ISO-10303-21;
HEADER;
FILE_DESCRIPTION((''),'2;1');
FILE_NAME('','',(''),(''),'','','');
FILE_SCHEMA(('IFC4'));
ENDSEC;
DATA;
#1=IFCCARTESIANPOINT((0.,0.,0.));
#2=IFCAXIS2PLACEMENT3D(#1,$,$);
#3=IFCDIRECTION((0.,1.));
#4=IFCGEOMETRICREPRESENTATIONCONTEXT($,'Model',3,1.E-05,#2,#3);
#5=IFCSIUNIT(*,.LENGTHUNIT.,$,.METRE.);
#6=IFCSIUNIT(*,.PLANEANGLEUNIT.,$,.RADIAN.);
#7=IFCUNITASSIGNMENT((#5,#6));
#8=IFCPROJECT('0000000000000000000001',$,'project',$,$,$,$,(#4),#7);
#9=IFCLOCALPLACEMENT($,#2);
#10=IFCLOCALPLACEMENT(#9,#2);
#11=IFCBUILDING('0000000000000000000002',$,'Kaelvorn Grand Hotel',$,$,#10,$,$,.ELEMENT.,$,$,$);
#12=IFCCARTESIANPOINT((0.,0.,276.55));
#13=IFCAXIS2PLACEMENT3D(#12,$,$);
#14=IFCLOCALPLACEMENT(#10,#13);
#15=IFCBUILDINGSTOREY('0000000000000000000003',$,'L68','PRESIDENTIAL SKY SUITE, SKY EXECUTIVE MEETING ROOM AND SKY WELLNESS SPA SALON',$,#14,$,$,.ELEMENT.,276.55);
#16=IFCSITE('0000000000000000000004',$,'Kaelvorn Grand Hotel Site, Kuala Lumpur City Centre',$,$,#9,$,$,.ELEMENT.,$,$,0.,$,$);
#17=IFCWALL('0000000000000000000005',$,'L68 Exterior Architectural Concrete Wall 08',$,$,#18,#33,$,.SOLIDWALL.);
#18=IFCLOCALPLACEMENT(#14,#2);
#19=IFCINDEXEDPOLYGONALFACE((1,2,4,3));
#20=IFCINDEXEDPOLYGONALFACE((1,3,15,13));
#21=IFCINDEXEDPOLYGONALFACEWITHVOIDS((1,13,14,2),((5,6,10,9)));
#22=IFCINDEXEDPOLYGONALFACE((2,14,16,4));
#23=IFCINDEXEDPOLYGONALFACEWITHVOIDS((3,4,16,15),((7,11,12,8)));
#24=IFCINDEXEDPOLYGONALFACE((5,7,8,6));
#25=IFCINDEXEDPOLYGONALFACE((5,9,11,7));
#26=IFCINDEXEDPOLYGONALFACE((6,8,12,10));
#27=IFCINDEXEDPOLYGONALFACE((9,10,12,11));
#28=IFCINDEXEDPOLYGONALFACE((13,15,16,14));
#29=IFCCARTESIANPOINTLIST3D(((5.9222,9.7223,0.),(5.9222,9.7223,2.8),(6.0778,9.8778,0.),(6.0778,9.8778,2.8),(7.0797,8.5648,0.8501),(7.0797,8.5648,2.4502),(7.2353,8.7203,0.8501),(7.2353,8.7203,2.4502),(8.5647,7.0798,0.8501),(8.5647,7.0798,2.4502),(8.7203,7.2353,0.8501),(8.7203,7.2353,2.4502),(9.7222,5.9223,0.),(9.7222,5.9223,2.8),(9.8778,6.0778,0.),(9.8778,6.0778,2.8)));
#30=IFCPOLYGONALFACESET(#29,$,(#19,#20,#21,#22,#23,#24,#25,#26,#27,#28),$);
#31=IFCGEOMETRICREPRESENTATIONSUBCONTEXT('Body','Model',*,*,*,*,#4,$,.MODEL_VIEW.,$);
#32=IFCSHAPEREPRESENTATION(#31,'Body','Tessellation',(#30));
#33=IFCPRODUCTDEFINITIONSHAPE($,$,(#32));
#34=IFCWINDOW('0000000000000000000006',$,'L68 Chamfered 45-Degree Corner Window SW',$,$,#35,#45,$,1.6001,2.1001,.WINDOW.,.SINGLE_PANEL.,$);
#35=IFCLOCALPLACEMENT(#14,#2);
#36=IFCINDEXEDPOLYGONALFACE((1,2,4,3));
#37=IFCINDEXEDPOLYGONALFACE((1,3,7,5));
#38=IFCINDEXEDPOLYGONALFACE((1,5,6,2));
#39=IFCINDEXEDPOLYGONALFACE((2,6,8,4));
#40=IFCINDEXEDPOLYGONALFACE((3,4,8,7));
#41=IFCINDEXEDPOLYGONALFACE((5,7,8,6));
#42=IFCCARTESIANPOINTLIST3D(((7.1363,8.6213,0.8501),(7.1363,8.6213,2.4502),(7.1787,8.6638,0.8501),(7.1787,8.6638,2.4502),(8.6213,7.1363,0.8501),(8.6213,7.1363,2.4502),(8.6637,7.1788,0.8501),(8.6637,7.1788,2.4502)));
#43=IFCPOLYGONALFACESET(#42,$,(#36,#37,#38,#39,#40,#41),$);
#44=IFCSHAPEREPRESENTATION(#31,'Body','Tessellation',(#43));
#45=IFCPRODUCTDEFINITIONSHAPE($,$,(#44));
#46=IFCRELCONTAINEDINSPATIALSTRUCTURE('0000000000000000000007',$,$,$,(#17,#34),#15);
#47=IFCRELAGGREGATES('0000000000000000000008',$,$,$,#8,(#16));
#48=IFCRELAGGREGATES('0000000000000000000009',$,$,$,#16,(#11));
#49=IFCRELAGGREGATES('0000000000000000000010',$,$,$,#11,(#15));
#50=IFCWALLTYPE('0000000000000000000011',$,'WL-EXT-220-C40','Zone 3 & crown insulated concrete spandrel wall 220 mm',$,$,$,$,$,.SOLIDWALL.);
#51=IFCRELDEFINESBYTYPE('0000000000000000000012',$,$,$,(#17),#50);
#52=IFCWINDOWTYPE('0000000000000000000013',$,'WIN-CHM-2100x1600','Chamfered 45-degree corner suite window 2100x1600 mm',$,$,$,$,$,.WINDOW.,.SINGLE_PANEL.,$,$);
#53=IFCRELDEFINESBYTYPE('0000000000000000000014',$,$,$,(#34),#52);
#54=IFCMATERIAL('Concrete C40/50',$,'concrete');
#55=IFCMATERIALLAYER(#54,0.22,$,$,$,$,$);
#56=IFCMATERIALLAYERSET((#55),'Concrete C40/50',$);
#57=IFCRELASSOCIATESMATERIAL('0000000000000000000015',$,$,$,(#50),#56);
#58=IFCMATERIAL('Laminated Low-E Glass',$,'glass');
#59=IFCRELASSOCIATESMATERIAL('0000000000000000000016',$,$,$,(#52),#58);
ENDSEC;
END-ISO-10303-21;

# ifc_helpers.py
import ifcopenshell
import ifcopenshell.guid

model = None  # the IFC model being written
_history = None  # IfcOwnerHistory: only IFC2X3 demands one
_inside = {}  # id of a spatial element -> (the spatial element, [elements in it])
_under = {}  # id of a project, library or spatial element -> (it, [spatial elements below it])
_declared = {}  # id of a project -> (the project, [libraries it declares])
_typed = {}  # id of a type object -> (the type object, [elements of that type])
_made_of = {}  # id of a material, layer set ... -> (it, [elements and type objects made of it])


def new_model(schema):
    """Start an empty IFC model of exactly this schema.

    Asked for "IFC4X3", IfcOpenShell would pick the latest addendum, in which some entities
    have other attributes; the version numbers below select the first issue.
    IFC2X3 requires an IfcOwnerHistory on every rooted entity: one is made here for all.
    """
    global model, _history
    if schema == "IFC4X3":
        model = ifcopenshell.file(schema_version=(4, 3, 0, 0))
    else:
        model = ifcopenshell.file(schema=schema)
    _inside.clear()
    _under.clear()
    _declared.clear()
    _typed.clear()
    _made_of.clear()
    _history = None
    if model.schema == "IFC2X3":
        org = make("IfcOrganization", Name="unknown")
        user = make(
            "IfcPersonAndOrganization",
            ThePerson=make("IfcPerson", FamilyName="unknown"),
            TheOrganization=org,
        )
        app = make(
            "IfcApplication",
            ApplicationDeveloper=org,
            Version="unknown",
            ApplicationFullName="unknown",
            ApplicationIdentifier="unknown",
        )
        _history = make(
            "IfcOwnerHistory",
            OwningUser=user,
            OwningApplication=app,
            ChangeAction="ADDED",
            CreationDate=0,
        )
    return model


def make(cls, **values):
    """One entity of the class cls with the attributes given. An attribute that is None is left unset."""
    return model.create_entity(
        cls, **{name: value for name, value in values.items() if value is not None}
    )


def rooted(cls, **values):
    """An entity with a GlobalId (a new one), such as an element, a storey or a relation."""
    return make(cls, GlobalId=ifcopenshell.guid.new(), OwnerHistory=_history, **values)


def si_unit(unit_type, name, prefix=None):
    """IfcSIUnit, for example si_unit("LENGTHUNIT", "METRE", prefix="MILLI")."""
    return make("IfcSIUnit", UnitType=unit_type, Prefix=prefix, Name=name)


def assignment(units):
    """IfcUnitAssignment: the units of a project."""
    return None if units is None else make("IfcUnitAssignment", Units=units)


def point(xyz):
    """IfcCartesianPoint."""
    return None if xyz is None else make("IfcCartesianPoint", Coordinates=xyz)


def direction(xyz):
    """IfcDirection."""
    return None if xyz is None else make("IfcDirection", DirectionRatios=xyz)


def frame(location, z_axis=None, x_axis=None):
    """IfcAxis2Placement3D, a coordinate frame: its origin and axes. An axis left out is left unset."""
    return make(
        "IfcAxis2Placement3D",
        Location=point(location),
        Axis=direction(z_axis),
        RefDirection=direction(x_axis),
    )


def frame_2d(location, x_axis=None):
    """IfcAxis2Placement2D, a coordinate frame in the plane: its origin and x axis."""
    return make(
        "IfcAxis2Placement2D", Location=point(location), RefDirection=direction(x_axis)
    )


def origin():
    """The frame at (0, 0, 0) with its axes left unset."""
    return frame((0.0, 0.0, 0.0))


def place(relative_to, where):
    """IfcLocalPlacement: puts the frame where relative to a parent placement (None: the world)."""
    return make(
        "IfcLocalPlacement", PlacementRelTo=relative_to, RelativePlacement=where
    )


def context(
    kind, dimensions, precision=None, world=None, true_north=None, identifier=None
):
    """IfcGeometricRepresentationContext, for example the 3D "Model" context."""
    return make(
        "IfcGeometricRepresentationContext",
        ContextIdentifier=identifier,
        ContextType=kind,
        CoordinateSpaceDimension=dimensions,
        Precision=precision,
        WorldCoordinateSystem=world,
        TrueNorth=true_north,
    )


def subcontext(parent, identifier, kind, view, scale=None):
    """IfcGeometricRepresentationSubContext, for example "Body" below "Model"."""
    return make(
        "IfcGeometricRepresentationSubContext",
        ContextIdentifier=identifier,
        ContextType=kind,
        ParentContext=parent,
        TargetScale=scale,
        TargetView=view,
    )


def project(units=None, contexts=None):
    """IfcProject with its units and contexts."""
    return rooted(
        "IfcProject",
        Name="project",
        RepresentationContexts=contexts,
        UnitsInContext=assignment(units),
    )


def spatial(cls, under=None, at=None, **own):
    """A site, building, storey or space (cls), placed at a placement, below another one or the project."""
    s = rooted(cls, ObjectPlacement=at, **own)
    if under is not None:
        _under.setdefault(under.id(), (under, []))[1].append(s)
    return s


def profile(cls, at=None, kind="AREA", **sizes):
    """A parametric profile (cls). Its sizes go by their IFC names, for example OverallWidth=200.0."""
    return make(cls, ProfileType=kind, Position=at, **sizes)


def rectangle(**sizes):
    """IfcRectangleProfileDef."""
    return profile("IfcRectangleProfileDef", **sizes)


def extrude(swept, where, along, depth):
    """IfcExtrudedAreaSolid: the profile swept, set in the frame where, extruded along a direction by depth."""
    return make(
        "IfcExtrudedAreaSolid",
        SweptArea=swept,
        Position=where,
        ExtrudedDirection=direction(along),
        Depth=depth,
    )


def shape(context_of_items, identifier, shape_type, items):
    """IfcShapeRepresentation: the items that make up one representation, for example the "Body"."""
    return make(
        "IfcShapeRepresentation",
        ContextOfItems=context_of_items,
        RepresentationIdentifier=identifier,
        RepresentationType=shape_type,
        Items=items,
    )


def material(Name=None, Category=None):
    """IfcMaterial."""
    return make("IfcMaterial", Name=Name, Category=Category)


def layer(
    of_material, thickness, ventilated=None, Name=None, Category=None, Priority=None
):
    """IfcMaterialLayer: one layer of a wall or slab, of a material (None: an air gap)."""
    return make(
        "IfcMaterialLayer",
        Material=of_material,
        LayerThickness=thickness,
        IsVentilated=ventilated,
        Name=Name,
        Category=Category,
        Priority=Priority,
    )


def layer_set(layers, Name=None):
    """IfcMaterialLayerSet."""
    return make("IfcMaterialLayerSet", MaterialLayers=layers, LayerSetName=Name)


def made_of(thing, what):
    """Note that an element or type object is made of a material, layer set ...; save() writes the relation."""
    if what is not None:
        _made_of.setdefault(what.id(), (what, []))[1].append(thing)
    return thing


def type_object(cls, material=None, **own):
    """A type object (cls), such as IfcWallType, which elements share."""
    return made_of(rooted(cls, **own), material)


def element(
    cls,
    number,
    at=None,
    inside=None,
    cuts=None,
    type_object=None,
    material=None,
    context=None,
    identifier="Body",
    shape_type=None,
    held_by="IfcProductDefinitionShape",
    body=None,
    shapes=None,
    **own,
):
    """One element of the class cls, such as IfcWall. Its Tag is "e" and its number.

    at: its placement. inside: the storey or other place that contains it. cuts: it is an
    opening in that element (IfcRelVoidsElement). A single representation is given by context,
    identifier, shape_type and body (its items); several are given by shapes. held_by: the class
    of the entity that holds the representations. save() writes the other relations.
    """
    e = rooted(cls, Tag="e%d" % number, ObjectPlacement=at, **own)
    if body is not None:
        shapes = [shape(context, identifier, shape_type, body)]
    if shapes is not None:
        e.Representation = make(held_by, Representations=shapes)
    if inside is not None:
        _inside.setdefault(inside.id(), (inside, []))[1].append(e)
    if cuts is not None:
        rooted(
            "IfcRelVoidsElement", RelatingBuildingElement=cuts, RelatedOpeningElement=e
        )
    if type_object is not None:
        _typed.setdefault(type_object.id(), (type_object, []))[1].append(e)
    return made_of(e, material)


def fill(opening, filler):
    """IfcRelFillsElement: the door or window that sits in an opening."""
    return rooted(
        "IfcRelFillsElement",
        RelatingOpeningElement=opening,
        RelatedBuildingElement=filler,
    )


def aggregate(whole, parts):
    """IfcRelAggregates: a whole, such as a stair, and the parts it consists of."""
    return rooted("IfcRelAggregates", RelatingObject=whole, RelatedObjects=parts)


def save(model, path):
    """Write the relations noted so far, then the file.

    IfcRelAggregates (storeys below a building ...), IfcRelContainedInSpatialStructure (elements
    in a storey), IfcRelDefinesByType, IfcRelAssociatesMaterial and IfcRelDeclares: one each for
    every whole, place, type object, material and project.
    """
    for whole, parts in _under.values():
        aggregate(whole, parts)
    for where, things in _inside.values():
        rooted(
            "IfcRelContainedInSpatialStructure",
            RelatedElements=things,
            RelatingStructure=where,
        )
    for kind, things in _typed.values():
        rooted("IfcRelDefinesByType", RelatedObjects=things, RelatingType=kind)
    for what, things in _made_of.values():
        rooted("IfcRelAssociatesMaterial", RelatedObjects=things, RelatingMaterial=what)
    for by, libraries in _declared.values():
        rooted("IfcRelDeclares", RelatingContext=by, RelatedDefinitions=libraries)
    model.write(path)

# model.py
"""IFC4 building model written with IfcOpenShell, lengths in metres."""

from ifc_helpers import new_model, si_unit, direction, frame, frame_2d, origin, place, context, subcontext, project, spatial, rectangle, extrude, material, layer, layer_set, type_object, element, fill, save


model = new_model("IFC4")

# Units and contexts
model_context = context("Model", 3, precision=1e-05, world=origin(), true_north=direction((0.0, 1.0)))
body_context = subcontext(model_context, "Body", "Model", "MODEL_VIEW")
ifc_project = project(units=[si_unit("LENGTHUNIT", "METRE"), si_unit("PLANEANGLEUNIT", "RADIAN")], contexts=[model_context])

# Site, building, storey
site_placement = place(None, origin())
site = spatial("IfcSite", under=ifc_project, at=site_placement, Name="Kaelvorn Grand Hotel Site, Kuala Lumpur City Centre", CompositionType="ELEMENT", RefElevation=0.0)
building_placement = place(site_placement, origin())
building = spatial("IfcBuilding", under=site, at=building_placement, Name="Kaelvorn Grand Hotel", CompositionType="ELEMENT")
storey_placement = place(building_placement, frame((0.0, 0.0, 276.55)))
storey = spatial("IfcBuildingStorey", under=building, at=storey_placement, Name="L68", Description="PRESIDENTIAL SKY SUITE, SKY EXECUTIVE MEETING ROOM AND SKY WELLNESS SPA SALON", CompositionType="ELEMENT", Elevation=276.55)

# Shared definitions
ifc_material_1 = material(Name="Concrete C40/50", Category="concrete")
ifc_layer = layer(ifc_material_1, 0.22)
ifc_layer_set = layer_set([ifc_layer], Name="Concrete C40/50")
wall_type = type_object("IfcWallType", Name="WL-EXT-220-C40", Description="Zone 3 & crown insulated concrete spandrel wall 220 mm", PredefinedType="SOLIDWALL", material=ifc_layer_set)
ifc_material_2 = material(Name="Laminated Low-E Glass", Category="glass")

# Wall, opening, window
wall_1_placement = place(storey_placement, frame((6.0, 9.8, 0.0), z_axis=(0.0, 0.0, 1.0), x_axis=(0.707107, -0.707107, 0.0)))
wall_1 = element("IfcWall", 1, at=wall_1_placement, inside=storey, type_object=wall_type, Name="L68 Exterior Architectural Concrete Wall 08", PredefinedType="SOLIDWALL", context=body_context, shape_type="SweptSolid", body=[
    extrude(rectangle(XDim=5.374, YDim=0.22, at=frame_2d((2.687, 0.0))), origin(), (0.0, 0.0, 1.0), 2.8),
])
opening_1_placement = place(wall_1_placement, frame((1.637, 0.0, 0.8501)))
opening_1 = element("IfcOpeningElement", 2, at=opening_1_placement, cuts=wall_1, PredefinedType="OPENING", context=body_context, shape_type="SweptSolid", body=[
    extrude(rectangle(XDim=2.1001, YDim=1.6001, at=frame_2d((1.05, 0.8))), frame((0.0, 0.1201, 0.0), z_axis=(0.0, -1.0, 0.0), x_axis=(1.0, 0.0, 0.0)), (0.0, 0.0, 1.0), 0.24),
])
window_type_1 = type_object("IfcWindowType", Name="WIN-CHM-2100x1600", Description="Chamfered 45-degree corner suite window 2100x1600 mm", PartitioningType="SINGLE_PANEL", PredefinedType="WINDOW", material=ifc_material_2)
window_1_placement = place(opening_1_placement, origin())
window_1 = element("IfcWindow", 3, at=window_1_placement, inside=storey, type_object=window_type_1, Name="L68 Chamfered 45-Degree Corner Window SW", OverallHeight=1.6001, OverallWidth=2.1001, PartitioningType="SINGLE_PANEL", PredefinedType="WINDOW", context=body_context, shape_type="SweptSolid", body=[
    extrude(rectangle(XDim=2.1001, YDim=1.6001, at=frame_2d((1.05, 0.8))), frame((0.0, 0.03, 0.0), z_axis=(0.0, -1.0, 0.0), x_axis=(1.0, 0.0, 0.0)), (0.0, 0.0, 1.0), 0.0601),
])
fill(opening_1, window_1)

save(model, "model.ifc")
